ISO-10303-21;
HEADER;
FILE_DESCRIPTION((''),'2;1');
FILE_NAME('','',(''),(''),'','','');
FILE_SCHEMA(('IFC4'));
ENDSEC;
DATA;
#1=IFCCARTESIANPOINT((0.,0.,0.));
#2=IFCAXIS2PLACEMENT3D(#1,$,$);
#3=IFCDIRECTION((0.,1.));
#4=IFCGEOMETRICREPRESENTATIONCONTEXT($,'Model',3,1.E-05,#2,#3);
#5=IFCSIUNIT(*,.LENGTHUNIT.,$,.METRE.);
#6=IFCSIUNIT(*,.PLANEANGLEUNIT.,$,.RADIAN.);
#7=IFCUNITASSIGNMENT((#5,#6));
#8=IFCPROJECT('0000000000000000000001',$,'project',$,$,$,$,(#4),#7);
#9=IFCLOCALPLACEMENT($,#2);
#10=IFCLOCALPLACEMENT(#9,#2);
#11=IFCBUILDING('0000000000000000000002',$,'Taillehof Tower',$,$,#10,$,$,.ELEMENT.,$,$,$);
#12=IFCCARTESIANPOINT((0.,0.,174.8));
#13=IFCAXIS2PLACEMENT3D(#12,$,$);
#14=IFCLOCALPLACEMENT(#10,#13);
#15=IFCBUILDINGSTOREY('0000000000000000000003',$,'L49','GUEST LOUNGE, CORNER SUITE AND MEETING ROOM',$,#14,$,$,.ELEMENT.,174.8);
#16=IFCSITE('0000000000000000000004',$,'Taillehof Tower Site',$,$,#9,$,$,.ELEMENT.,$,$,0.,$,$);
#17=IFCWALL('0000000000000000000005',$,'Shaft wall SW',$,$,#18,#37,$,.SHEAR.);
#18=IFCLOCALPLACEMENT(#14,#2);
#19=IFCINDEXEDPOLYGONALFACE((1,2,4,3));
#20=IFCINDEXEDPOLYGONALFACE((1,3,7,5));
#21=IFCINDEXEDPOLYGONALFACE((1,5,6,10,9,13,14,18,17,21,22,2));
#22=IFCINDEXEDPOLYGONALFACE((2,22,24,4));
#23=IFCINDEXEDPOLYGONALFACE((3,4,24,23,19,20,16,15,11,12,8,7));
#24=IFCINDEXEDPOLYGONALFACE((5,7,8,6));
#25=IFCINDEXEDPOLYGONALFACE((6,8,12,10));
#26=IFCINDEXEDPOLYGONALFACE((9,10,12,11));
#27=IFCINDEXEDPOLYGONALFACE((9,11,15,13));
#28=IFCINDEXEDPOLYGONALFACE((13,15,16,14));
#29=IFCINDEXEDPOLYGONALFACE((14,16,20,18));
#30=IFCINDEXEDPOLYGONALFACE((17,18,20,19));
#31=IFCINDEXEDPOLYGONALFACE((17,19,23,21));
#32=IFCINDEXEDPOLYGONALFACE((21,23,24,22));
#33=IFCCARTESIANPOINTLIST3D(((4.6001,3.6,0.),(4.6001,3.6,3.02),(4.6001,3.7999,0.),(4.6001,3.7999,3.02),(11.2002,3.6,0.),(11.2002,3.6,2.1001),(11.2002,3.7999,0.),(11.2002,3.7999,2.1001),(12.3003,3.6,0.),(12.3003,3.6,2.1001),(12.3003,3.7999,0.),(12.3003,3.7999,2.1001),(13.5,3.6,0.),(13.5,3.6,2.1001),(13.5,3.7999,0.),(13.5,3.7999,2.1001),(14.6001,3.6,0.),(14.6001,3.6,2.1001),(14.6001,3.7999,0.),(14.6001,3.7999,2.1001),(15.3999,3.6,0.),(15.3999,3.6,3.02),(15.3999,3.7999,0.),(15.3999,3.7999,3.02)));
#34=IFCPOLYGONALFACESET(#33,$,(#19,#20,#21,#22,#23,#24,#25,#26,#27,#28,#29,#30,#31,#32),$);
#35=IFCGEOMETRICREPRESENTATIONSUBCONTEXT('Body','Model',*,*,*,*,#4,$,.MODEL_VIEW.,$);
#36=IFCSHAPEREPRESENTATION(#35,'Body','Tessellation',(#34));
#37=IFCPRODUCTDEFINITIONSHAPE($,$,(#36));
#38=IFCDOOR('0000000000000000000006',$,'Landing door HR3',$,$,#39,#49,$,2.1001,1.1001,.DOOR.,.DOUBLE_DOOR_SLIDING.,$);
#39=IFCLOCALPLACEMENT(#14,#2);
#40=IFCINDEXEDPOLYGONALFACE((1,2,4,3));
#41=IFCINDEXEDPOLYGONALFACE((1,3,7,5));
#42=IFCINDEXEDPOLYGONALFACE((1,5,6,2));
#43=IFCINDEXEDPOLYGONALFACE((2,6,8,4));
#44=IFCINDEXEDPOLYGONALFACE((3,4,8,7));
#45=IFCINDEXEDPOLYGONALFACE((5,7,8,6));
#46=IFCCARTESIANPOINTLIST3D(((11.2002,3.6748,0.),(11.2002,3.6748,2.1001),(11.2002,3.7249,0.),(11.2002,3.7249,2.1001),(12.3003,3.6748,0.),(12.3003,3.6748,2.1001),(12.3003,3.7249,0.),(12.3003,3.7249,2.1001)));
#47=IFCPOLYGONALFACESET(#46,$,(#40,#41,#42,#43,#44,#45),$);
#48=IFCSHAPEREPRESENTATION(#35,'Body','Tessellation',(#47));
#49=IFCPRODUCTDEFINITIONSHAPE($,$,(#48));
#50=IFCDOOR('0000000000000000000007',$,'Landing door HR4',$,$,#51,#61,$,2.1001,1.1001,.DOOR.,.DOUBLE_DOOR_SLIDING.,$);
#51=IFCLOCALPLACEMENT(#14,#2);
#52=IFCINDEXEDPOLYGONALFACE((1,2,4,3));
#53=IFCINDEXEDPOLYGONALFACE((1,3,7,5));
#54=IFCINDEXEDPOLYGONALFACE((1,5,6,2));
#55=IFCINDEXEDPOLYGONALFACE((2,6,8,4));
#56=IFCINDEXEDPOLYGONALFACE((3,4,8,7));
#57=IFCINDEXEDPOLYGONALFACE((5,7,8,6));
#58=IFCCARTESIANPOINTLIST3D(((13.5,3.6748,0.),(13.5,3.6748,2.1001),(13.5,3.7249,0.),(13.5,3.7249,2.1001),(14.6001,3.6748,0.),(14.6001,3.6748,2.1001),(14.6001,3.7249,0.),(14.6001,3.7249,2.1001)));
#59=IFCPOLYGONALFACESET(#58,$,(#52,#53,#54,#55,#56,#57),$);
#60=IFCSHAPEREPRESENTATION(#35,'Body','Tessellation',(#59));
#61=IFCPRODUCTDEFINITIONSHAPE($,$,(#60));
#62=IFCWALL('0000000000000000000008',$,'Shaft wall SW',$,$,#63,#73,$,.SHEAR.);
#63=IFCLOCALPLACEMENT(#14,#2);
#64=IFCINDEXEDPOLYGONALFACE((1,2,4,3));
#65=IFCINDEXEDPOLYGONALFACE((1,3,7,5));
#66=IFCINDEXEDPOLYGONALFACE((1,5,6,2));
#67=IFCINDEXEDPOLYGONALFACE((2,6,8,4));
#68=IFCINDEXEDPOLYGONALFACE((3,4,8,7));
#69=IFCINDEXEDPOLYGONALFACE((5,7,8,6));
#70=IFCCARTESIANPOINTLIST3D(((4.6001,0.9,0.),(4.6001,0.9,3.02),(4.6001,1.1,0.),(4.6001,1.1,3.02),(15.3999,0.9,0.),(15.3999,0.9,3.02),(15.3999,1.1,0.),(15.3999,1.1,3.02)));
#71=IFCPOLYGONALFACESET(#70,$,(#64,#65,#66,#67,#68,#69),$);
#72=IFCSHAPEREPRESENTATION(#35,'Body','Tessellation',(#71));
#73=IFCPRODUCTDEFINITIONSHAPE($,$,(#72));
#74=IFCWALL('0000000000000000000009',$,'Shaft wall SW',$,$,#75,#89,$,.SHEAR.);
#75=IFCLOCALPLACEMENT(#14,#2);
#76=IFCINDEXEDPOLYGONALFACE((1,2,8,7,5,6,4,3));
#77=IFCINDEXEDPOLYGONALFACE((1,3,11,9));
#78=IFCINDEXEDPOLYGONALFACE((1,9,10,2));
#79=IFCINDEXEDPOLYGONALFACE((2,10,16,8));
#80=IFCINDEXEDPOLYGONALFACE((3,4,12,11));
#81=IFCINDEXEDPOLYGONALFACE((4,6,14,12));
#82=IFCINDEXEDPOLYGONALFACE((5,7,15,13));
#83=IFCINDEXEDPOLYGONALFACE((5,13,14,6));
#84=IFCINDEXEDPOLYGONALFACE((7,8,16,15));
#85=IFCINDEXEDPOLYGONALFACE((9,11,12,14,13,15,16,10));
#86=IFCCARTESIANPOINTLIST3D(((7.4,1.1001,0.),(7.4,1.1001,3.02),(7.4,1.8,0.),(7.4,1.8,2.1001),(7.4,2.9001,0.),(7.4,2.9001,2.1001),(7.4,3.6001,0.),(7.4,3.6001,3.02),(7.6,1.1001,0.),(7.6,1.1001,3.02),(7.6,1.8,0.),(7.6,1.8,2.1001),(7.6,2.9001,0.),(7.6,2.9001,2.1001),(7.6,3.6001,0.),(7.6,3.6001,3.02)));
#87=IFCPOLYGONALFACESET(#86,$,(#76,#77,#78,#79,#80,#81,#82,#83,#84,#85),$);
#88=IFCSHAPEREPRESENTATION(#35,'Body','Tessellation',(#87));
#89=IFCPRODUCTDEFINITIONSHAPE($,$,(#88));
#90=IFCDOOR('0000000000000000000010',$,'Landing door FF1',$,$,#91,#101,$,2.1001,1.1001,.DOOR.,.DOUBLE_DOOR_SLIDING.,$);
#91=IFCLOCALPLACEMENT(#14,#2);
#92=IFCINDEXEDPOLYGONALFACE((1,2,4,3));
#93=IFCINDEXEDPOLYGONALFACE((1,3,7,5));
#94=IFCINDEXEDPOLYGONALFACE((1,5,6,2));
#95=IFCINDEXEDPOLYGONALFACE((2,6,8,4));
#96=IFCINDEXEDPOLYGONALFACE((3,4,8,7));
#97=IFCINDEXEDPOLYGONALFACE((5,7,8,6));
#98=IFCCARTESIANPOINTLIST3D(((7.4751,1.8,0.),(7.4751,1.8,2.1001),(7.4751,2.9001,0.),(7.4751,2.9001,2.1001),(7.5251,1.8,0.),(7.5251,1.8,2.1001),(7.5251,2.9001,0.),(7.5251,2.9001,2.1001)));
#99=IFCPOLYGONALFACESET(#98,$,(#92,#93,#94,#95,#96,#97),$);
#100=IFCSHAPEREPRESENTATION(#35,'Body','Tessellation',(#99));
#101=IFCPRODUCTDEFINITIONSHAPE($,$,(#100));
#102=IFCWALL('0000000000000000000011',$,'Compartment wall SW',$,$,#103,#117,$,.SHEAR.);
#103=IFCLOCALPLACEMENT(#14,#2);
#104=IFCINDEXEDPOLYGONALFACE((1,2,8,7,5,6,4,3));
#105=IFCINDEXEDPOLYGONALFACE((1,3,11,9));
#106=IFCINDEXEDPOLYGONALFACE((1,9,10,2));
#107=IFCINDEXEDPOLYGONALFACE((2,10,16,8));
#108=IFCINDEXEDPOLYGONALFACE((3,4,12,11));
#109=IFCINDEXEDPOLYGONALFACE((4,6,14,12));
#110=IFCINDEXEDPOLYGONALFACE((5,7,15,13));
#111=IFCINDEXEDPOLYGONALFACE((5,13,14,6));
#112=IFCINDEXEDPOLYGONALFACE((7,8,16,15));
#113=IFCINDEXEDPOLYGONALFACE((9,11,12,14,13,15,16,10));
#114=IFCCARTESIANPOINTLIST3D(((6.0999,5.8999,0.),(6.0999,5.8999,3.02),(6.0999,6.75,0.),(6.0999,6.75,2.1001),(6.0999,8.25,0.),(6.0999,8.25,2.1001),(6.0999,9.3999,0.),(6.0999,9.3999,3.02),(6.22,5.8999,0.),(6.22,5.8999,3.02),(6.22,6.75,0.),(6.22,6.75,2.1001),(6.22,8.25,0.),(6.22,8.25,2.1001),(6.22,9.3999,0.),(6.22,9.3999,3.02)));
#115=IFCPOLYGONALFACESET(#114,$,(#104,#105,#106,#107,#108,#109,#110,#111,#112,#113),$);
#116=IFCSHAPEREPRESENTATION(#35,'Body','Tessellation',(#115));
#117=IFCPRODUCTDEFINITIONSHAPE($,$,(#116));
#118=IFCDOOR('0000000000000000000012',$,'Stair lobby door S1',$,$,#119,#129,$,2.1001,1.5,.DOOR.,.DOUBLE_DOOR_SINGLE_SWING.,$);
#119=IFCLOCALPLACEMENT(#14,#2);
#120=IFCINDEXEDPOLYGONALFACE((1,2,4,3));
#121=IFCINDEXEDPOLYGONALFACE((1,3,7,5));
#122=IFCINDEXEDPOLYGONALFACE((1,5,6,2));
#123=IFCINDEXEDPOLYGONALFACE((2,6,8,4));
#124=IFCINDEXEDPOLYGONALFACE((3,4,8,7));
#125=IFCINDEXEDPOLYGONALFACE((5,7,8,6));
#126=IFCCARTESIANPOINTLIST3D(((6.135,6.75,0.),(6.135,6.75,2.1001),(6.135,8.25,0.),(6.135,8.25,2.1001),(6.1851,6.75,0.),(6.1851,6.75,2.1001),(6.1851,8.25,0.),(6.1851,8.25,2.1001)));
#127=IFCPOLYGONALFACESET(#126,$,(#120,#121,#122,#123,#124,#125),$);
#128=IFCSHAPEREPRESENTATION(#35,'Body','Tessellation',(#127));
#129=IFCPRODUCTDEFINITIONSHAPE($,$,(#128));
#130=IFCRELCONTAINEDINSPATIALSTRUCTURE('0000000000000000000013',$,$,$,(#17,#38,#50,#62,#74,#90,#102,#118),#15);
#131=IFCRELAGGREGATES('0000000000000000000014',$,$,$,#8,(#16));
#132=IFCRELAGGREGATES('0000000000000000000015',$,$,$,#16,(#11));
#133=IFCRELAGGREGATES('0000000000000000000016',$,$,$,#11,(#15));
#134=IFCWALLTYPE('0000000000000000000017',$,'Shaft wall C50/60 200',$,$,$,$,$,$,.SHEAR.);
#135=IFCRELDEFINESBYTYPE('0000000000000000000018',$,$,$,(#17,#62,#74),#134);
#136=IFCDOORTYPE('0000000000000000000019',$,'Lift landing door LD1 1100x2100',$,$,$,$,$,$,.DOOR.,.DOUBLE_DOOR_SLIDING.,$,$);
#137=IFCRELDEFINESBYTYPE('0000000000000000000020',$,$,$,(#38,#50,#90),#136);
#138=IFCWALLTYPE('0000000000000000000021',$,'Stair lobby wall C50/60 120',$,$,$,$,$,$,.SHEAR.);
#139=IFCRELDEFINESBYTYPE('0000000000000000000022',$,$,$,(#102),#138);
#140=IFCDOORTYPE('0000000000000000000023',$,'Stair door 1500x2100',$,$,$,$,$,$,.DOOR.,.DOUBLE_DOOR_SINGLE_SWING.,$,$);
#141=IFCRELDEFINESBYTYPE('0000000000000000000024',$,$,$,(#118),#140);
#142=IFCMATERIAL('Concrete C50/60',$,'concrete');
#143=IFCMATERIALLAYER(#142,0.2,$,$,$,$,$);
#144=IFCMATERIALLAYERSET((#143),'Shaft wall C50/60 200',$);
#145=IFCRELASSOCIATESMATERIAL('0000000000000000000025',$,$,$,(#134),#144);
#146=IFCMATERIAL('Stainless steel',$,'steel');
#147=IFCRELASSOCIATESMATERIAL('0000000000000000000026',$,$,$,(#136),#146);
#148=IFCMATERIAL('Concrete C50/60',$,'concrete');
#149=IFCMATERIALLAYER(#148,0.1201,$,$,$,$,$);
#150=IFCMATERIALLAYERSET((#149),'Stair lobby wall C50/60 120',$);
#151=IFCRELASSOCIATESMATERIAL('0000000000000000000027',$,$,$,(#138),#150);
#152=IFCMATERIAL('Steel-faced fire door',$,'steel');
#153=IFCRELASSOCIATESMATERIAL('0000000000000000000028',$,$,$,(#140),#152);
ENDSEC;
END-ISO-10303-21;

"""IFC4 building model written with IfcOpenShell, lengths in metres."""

from ifc_helpers import new_model, si_unit, direction, frame, frame_2d, origin, place, context, subcontext, project, spatial, rectangle, extrude, material, layer, layer_set, type_object, element, fill, save


model = new_model("IFC4")

# Units and contexts
model_context = context("Model", 3, precision=1e-05, world=origin(), true_north=direction((0.0, 1.0)))
body_context = subcontext(model_context, "Body", "Model", "MODEL_VIEW")
ifc_project = project(units=[si_unit("LENGTHUNIT", "METRE"), si_unit("PLANEANGLEUNIT", "RADIAN")], contexts=[model_context])

# Site, building, storey
site_placement = place(None, origin())
site = spatial("IfcSite", under=ifc_project, at=site_placement, Name="Taillehof Tower Site", CompositionType="ELEMENT", RefElevation=0.0)
building_placement = place(site_placement, origin())
building = spatial("IfcBuilding", under=site, at=building_placement, Name="Taillehof Tower", CompositionType="ELEMENT")
storey_placement = place(building_placement, frame((0.0, 0.0, 174.8)))
storey = spatial("IfcBuildingStorey", under=building, at=storey_placement, Name="L49", Description="GUEST LOUNGE, CORNER SUITE AND MEETING ROOM", CompositionType="ELEMENT", Elevation=174.8)

# Wall, openings, doors
ifc_material_1 = material(Name="Concrete C50/60", Category="concrete")
ifc_layer_1 = layer(ifc_material_1, 0.2)
ifc_layer_set_1 = layer_set([ifc_layer_1], Name="Shaft wall C50/60 200")
wall_type_1 = type_object("IfcWallType", Name="Shaft wall C50/60 200", PredefinedType="SHEAR", material=ifc_layer_set_1)
ifc_material_2 = material(Name="Stainless steel", Category="steel")
door_type_1 = type_object("IfcDoorType", Name="Lift landing door LD1 1100x2100", OperationType="DOUBLE_DOOR_SLIDING", PredefinedType="DOOR", material=ifc_material_2)
wall_1_placement = place(storey_placement, frame((4.6001, 3.7, 0.0), z_axis=(0.0, 0.0, 1.0), x_axis=(1.0, 0.0, 0.0)))
wall_1 = element("IfcWall", 1, at=wall_1_placement, inside=storey, type_object=wall_type_1, Name="Shaft wall SW", PredefinedType="SHEAR", context=body_context, shape_type="SweptSolid", body=[
    extrude(rectangle(XDim=10.7998, YDim=0.2, at=frame_2d((5.3999, 0.0))), origin(), (0.0, 0.0, 1.0), 3.02),
])
opening_1_placement = place(wall_1_placement, frame((6.6001, 0.0, 0.0)))
opening_1 = element("IfcOpeningElement", 2, at=opening_1_placement, cuts=wall_1, PredefinedType="OPENING", context=body_context, shape_type="SweptSolid", body=[
    extrude(rectangle(XDim=1.1001, YDim=2.1001, at=frame_2d((0.55, 1.05))), frame((0.0, 0.1099, 0.0), z_axis=(0.0, -1.0, 0.0), x_axis=(1.0, 0.0, 0.0)), (0.0, 0.0, 1.0), 0.22),
])
opening_2_placement = place(wall_1_placement, frame((8.8999, 0.0, 0.0)))
opening_2 = element("IfcOpeningElement", 3, at=opening_2_placement, cuts=wall_1, PredefinedType="OPENING", context=body_context, shape_type="SweptSolid", body=[
    extrude(rectangle(XDim=1.1001, YDim=2.1001, at=frame_2d((0.55, 1.05))), frame((0.0, 0.1099, 0.0), z_axis=(0.0, -1.0, 0.0), x_axis=(1.0, 0.0, 0.0)), (0.0, 0.0, 1.0), 0.22),
])
door_1_placement = place(opening_1_placement, origin())
door_1 = element("IfcDoor", 4, at=door_1_placement, inside=storey, type_object=door_type_1, Name="Landing door HR3", OperationType="DOUBLE_DOOR_SLIDING", OverallHeight=2.1001, OverallWidth=1.1001, PredefinedType="DOOR", context=body_context, shape_type="SweptSolid", body=[
    extrude(rectangle(XDim=1.1001, YDim=2.1001, at=frame_2d((0.55, 1.05))), frame((0.0, 0.0249, 0.0), z_axis=(0.0, -1.0, 0.0), x_axis=(1.0, 0.0, 0.0)), (0.0, 0.0, 1.0), 0.05),
])
fill(opening_1, door_1)
door_2_placement = place(opening_2_placement, origin())
door_2 = element("IfcDoor", 5, at=door_2_placement, inside=storey, type_object=door_type_1, Name="Landing door HR4", OperationType="DOUBLE_DOOR_SLIDING", OverallHeight=2.1001, OverallWidth=1.1001, PredefinedType="DOOR", context=body_context, shape_type="SweptSolid", body=[
    extrude(rectangle(XDim=1.1001, YDim=2.1001, at=frame_2d((0.55, 1.05))), frame((0.0, 0.0249, 0.0), z_axis=(0.0, -1.0, 0.0), x_axis=(1.0, 0.0, 0.0)), (0.0, 0.0, 1.0), 0.05),
])
fill(opening_2, door_2)

# Wall
wall_2_placement = place(storey_placement, frame((4.6001, 1.0, 0.0), z_axis=(0.0, 0.0, 1.0), x_axis=(1.0, 0.0, 0.0)))
element("IfcWall", 6, at=wall_2_placement, inside=storey, type_object=wall_type_1, Name="Shaft wall SW", PredefinedType="SHEAR", context=body_context, shape_type="SweptSolid", body=[
    extrude(rectangle(XDim=10.7998, YDim=0.2, at=frame_2d((5.3999, 0.0))), origin(), (0.0, 0.0, 1.0), 3.02),
])

# Walls, openings, doors
wall_3_placement = place(storey_placement, frame((7.5, 1.1001, 0.0), z_axis=(0.0, 0.0, 1.0), x_axis=(0.0, 1.0, 0.0)))
wall_3 = element("IfcWall", 7, at=wall_3_placement, inside=storey, type_object=wall_type_1, Name="Shaft wall SW", PredefinedType="SHEAR", context=body_context, shape_type="SweptSolid", body=[
    extrude(rectangle(XDim=2.5, YDim=0.2, at=frame_2d((1.25, 0.0))), origin(), (0.0, 0.0, 1.0), 3.02),
])
opening_3_placement = place(wall_3_placement, frame((0.7, 0.0, 0.0)))
opening_3 = element("IfcOpeningElement", 8, at=opening_3_placement, cuts=wall_3, PredefinedType="OPENING", context=body_context, shape_type="SweptSolid", body=[
    extrude(rectangle(XDim=1.1001, YDim=2.1001, at=frame_2d((0.55, 1.05))), frame((0.0, 0.1099, 0.0), z_axis=(0.0, -1.0, 0.0), x_axis=(1.0, 0.0, 0.0)), (0.0, 0.0, 1.0), 0.22),
])
door_3_placement = place(opening_3_placement, origin())
door_3 = element("IfcDoor", 9, at=door_3_placement, inside=storey, type_object=door_type_1, Name="Landing door FF1", OperationType="DOUBLE_DOOR_SLIDING", OverallHeight=2.1001, OverallWidth=1.1001, PredefinedType="DOOR", context=body_context, shape_type="SweptSolid", body=[
    extrude(rectangle(XDim=1.1001, YDim=2.1001, at=frame_2d((0.55, 1.05))), frame((0.0, 0.0249, 0.0), z_axis=(0.0, -1.0, 0.0), x_axis=(1.0, 0.0, 0.0)), (0.0, 0.0, 1.0), 0.05),
])
fill(opening_3, door_3)
ifc_material_3 = material(Name="Concrete C50/60", Category="concrete")
ifc_layer_2 = layer(ifc_material_3, 0.1201)
ifc_layer_set_2 = layer_set([ifc_layer_2], Name="Stair lobby wall C50/60 120")
wall_type_2 = type_object("IfcWallType", Name="Stair lobby wall C50/60 120", PredefinedType="SHEAR", material=ifc_layer_set_2)
wall_4_placement = place(storey_placement, frame((6.1599, 5.8999, 0.0), z_axis=(0.0, 0.0, 1.0), x_axis=(0.0, 1.0, 0.0)))
wall_4 = element("IfcWall", 10, at=wall_4_placement, inside=storey, type_object=wall_type_2, Name="Compartment wall SW", PredefinedType="SHEAR", context=body_context, shape_type="SweptSolid", body=[
    extrude(rectangle(XDim=3.5, YDim=0.1201, at=frame_2d((1.75, 0.0))), origin(), (0.0, 0.0, 1.0), 3.02),
])
opening_4_placement = place(wall_4_placement, frame((0.8501, 0.0, 0.0)))
opening_4 = element("IfcOpeningElement", 11, at=opening_4_placement, cuts=wall_4, PredefinedType="OPENING", context=body_context, shape_type="SweptSolid", body=[
    extrude(rectangle(XDim=1.5, YDim=2.1001, at=frame_2d((0.75, 1.05))), frame((0.0, 0.0701, 0.0), z_axis=(0.0, -1.0, 0.0), x_axis=(1.0, 0.0, 0.0)), (0.0, 0.0, 1.0), 0.1401),
])
ifc_material_4 = material(Name="Steel-faced fire door", Category="steel")
door_type_2 = type_object("IfcDoorType", Name="Stair door 1500x2100", OperationType="DOUBLE_DOOR_SINGLE_SWING", PredefinedType="DOOR", material=ifc_material_4)
door_4_placement = place(opening_4_placement, origin())
door_4 = element("IfcDoor", 12, at=door_4_placement, inside=storey, type_object=door_type_2, Name="Stair lobby door S1", OperationType="DOUBLE_DOOR_SINGLE_SWING", OverallHeight=2.1001, OverallWidth=1.5, PredefinedType="DOOR", context=body_context, shape_type="SweptSolid", body=[
    extrude(rectangle(XDim=1.5, YDim=2.1001, at=frame_2d((0.75, 1.05))), frame((0.0, 0.0249, 0.0), z_axis=(0.0, -1.0, 0.0), x_axis=(1.0, 0.0, 0.0)), (0.0, 0.0, 1.0), 0.05),
])
fill(opening_4, door_4)

save(model, "model.ifc")
